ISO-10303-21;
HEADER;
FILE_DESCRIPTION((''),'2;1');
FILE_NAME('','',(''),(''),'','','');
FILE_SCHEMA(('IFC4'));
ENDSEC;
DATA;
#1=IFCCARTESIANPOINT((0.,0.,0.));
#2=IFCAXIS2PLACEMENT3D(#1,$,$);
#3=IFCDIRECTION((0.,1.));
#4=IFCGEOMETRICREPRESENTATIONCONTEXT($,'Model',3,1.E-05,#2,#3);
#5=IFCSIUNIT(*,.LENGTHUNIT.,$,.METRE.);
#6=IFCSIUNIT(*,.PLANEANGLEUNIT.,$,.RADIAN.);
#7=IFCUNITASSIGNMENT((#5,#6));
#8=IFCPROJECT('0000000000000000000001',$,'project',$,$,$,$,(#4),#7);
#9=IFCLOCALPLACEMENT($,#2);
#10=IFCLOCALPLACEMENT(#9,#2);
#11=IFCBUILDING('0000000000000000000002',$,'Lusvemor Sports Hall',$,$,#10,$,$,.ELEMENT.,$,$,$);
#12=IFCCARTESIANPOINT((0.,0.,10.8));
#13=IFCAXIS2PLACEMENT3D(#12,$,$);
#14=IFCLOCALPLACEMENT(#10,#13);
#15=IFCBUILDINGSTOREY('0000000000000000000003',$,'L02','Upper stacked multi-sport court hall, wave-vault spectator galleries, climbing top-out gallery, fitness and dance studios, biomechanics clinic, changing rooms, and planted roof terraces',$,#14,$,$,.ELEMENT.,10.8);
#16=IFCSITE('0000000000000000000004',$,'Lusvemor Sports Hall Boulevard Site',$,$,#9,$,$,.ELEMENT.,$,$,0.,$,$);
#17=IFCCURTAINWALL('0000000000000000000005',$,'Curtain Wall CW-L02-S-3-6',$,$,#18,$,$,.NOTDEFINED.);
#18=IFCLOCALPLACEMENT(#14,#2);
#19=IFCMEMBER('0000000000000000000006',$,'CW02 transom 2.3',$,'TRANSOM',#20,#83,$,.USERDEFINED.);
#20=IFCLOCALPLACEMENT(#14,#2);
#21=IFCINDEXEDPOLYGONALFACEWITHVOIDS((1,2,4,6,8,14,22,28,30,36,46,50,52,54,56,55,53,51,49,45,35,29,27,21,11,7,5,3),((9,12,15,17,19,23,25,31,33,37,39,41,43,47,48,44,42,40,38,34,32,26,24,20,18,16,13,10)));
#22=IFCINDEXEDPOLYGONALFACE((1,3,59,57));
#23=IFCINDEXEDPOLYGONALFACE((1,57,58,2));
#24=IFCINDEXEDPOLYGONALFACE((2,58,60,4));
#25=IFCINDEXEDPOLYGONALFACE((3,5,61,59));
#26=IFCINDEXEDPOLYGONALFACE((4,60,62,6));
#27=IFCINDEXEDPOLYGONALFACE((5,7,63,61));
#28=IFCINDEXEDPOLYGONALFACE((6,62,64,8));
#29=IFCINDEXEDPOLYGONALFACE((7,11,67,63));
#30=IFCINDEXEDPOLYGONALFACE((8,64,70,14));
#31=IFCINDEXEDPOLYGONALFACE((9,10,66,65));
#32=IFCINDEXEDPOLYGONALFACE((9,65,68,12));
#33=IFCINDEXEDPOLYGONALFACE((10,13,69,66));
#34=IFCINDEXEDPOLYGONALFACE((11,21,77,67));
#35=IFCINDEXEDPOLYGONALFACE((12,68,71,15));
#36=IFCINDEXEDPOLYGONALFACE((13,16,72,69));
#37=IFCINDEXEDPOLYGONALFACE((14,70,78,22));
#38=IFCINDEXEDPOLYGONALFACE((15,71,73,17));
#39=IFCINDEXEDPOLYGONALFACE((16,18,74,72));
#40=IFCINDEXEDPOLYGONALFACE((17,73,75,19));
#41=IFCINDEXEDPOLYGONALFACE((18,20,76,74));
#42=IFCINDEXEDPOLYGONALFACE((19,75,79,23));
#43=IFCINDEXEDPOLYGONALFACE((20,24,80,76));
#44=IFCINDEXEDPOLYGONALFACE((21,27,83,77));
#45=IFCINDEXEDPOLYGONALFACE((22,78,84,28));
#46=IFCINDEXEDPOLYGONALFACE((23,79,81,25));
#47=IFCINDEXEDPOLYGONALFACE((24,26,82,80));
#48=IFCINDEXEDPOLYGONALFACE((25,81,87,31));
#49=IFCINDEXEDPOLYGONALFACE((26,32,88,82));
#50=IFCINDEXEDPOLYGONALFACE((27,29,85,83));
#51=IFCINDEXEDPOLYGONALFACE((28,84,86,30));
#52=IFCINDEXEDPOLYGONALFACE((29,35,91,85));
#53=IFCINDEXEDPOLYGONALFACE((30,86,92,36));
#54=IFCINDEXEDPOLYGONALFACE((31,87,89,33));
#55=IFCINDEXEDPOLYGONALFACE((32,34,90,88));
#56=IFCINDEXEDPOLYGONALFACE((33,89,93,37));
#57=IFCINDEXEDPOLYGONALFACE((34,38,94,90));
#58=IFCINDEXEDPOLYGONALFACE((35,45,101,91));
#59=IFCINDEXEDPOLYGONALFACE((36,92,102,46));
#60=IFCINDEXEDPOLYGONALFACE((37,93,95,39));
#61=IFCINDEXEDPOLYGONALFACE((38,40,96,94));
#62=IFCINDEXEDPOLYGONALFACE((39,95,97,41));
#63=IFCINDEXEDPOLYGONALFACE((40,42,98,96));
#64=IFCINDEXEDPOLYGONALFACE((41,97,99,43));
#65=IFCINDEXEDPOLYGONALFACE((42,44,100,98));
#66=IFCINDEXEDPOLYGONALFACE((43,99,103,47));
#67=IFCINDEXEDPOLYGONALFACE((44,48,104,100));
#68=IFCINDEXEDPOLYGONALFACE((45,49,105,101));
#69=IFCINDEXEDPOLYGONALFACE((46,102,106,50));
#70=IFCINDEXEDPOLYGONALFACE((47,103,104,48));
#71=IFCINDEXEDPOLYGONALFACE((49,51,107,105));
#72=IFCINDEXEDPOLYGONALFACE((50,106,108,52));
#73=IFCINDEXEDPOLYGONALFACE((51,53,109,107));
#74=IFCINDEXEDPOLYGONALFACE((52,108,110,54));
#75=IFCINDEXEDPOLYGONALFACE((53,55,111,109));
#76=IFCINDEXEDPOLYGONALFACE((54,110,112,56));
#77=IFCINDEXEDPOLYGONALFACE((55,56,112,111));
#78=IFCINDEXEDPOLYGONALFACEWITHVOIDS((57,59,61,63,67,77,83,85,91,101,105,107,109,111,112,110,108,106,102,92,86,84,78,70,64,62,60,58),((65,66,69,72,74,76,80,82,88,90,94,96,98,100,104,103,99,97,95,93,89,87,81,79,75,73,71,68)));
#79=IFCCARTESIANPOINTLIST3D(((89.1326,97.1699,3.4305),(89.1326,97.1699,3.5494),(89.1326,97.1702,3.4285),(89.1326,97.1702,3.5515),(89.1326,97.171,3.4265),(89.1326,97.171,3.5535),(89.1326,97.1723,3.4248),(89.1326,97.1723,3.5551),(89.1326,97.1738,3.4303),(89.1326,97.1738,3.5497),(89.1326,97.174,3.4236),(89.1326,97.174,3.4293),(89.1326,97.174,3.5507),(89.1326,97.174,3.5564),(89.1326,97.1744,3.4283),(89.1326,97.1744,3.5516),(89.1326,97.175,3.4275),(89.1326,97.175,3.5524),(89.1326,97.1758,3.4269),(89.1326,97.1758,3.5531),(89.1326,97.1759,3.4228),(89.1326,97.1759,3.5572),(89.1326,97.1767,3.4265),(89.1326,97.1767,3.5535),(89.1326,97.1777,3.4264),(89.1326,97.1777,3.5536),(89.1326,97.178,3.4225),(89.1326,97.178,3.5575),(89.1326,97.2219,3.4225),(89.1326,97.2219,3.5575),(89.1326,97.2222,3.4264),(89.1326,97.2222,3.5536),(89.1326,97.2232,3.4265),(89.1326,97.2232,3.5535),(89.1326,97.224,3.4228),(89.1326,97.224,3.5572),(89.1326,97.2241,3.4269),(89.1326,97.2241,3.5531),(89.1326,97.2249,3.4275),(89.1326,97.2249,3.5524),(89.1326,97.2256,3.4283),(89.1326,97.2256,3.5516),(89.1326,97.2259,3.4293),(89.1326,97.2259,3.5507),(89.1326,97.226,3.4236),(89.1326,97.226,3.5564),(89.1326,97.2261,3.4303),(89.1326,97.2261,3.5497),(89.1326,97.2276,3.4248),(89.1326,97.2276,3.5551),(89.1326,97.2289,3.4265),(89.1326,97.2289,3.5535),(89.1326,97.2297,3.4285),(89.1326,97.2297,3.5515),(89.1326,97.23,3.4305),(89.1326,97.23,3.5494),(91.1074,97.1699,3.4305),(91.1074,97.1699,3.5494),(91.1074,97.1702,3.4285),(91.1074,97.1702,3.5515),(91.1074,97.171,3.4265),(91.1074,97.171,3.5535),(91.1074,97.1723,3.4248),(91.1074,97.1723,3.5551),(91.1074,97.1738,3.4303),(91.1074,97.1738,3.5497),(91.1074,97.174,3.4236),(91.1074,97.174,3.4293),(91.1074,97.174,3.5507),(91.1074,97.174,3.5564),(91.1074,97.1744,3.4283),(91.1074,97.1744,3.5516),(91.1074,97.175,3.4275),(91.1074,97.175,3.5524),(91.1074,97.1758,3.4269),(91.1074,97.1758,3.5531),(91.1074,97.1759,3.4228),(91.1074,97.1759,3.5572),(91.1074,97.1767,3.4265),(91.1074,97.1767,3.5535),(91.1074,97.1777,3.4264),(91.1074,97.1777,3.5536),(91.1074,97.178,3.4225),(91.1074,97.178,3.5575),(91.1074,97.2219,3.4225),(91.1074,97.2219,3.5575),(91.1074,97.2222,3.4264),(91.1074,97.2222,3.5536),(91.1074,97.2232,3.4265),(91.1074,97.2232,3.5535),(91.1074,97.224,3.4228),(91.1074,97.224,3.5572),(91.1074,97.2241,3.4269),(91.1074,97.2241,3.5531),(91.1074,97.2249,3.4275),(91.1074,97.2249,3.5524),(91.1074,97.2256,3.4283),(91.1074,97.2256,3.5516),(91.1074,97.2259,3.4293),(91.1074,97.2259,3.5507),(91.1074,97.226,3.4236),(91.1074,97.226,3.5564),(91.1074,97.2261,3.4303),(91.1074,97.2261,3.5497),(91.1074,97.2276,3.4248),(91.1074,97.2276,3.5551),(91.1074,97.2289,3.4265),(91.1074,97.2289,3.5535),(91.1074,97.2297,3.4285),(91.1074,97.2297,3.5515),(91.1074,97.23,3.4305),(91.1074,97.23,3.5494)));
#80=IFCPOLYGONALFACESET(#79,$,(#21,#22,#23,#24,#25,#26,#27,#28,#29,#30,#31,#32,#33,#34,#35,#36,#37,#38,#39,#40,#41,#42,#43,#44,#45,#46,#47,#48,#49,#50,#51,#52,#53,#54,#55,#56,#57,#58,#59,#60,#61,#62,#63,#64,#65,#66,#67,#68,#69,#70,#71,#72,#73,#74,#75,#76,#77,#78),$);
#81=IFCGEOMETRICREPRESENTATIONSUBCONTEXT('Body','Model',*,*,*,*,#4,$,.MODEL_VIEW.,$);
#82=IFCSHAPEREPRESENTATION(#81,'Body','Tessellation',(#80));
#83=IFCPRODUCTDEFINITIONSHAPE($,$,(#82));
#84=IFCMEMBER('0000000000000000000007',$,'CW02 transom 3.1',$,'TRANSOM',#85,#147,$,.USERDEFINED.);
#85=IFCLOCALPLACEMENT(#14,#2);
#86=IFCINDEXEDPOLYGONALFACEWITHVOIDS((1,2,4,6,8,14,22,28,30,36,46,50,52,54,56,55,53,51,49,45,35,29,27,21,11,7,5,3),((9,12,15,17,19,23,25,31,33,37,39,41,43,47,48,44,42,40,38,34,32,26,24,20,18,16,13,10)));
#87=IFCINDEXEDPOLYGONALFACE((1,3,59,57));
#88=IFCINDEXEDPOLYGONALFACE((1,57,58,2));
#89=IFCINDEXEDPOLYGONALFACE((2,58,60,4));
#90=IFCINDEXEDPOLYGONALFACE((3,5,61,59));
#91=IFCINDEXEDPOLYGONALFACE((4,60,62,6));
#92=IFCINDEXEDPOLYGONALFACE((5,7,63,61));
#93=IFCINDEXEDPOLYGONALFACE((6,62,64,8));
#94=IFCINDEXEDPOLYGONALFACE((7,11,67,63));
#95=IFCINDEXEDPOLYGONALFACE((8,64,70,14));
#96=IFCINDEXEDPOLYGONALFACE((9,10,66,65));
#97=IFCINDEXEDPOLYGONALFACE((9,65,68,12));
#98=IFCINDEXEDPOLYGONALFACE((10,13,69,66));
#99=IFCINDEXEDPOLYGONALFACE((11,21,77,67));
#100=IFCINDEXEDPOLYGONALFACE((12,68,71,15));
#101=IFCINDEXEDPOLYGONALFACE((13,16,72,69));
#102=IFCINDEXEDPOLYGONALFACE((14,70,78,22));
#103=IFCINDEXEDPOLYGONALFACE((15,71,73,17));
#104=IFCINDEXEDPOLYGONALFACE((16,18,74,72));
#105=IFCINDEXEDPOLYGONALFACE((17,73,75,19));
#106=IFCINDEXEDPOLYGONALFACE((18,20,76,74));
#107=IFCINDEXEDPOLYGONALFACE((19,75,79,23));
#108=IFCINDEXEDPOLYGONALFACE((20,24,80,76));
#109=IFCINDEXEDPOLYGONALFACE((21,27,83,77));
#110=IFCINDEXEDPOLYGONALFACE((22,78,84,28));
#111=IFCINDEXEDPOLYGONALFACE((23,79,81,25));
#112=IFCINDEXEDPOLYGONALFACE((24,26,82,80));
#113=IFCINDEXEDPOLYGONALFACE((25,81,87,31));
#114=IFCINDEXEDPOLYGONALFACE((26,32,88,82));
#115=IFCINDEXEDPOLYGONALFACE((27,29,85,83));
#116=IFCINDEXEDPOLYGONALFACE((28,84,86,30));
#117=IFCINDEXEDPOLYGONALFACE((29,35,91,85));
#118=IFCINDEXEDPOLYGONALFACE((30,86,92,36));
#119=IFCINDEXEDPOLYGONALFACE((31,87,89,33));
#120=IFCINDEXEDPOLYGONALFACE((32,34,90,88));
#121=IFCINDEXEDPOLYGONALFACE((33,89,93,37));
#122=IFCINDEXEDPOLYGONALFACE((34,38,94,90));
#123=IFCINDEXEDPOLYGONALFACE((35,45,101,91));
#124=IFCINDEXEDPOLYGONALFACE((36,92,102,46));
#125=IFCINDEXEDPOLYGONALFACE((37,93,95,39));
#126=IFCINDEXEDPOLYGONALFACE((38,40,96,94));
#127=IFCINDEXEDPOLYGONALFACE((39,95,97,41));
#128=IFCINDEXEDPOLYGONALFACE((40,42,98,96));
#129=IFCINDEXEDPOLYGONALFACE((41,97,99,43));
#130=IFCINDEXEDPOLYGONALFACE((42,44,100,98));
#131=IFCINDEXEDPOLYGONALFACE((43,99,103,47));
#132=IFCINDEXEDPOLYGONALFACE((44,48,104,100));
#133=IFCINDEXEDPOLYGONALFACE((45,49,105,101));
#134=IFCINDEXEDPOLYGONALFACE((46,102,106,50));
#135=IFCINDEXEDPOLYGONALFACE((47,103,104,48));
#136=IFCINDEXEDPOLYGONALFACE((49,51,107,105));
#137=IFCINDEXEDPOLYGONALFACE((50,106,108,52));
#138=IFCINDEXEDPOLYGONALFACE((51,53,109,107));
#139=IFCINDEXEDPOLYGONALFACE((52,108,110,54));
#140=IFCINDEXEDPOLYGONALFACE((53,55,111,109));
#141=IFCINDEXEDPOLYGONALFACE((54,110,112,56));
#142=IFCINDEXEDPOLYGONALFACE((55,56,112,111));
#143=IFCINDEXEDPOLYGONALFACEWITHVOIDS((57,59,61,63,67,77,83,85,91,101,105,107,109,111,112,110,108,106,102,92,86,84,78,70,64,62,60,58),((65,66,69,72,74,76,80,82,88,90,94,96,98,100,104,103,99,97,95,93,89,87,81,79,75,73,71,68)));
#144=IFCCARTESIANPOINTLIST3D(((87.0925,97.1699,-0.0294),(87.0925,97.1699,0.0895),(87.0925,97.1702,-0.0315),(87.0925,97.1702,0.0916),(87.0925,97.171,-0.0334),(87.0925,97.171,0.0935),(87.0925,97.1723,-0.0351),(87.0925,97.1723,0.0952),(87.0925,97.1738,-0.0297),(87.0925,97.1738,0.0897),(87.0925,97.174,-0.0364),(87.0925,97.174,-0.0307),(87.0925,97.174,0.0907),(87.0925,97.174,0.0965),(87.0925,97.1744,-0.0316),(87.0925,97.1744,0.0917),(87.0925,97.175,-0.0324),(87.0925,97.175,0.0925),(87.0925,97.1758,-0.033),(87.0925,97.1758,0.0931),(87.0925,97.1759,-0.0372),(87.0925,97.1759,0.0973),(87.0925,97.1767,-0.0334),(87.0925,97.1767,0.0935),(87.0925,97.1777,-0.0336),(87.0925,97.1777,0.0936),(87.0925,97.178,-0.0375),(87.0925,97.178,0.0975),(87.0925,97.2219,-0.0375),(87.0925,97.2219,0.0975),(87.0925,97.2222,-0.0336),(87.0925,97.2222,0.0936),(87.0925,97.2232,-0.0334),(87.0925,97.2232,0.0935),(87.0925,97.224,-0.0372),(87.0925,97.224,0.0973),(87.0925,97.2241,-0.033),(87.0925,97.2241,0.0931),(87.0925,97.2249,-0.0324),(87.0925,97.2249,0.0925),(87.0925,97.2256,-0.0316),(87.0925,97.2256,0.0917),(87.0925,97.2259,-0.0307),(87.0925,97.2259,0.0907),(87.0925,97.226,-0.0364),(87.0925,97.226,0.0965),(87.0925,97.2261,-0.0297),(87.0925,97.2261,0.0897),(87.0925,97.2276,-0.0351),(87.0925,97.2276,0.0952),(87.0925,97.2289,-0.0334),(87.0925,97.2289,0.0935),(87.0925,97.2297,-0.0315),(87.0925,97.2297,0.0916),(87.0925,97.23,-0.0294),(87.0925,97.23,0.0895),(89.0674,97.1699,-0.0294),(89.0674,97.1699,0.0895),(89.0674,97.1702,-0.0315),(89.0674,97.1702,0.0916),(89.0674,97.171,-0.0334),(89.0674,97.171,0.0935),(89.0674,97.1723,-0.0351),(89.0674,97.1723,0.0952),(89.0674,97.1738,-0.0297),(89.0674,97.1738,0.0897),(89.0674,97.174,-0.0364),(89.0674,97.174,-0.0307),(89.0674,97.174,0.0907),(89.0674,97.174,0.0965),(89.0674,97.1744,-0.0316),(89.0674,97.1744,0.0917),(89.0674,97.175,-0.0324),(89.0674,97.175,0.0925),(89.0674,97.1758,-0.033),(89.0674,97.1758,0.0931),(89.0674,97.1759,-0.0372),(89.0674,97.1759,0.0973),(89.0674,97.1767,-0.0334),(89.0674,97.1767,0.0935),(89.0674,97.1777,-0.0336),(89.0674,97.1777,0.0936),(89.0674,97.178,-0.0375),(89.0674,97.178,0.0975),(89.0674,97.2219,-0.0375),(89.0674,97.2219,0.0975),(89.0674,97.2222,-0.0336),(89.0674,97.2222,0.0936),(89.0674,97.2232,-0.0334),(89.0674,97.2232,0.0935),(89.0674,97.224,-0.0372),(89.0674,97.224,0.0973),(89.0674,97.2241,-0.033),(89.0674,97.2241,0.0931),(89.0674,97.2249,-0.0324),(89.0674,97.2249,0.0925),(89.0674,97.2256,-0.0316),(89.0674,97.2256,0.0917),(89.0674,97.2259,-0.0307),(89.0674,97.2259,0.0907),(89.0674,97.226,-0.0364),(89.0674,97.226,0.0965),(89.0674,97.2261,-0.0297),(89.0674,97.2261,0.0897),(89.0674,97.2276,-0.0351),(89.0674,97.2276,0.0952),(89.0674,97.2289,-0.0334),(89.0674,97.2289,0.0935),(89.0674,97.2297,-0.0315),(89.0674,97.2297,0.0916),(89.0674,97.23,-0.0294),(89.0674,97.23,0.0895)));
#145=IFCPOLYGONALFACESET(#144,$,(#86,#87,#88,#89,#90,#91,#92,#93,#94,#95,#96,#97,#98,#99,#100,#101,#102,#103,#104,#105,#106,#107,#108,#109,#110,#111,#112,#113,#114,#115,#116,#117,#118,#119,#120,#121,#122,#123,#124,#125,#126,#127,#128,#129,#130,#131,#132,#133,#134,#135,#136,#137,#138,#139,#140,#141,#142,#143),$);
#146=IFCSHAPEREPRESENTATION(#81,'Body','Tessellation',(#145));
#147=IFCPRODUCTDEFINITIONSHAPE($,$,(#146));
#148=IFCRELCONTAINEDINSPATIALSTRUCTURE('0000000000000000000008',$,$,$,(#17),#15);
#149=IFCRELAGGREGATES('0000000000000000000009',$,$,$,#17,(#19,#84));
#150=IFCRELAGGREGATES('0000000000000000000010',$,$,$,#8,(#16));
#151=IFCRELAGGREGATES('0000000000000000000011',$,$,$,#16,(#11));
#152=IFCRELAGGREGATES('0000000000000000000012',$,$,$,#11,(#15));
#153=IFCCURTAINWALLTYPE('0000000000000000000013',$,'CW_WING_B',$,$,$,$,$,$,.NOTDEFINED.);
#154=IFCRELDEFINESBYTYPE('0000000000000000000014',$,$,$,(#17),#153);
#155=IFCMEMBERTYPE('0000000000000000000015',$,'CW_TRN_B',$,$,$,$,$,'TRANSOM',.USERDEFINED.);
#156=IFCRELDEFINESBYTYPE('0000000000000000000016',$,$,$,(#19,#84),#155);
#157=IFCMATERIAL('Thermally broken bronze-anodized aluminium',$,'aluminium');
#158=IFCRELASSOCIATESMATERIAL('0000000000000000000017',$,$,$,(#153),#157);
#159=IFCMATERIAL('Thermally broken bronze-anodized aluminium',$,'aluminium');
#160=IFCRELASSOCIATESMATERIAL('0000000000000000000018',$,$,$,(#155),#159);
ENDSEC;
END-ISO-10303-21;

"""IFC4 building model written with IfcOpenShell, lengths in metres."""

from ifc_helpers import new_model, si_unit, direction, frame, origin, origin_2d, place, context, subcontext, project, spatial, hollow_rectangle, extrude, material, material_profile, profile_set, type_object, element, aggregate, save


model = new_model("IFC4")

# Units and contexts
model_context = context("Model", 3, precision=1e-05, world=origin(), true_north=direction((0.0, 1.0)))
body_context = subcontext(model_context, "Body", "Model", "MODEL_VIEW")
ifc_project = project(units=[si_unit("LENGTHUNIT", "METRE"), si_unit("PLANEANGLEUNIT", "RADIAN")], contexts=[model_context])

# Site, building, storey
site_placement = place(None, origin())
site = spatial("IfcSite", under=ifc_project, at=site_placement, Name="Lusvemor Sports Hall Boulevard Site", CompositionType="ELEMENT", RefElevation=0.0)
building_placement = place(site_placement, origin())
building = spatial("IfcBuilding", under=site, at=building_placement, Name="Lusvemor Sports Hall", CompositionType="ELEMENT")
storey_placement = place(building_placement, frame((0.0, 0.0, 10.8)))
storey = spatial("IfcBuildingStorey", under=building, at=storey_placement, Name="L02", Description="Upper stacked multi-sport court hall, wave-vault spectator galleries, climbing top-out gallery, fitness and dance studios, biomechanics clinic, changing rooms, and planted roof terraces", CompositionType="ELEMENT", Elevation=10.8)

# Curtain wall, members
ifc_material_1 = material(Name="Thermally broken bronze-anodized aluminium", Category="aluminium")
curtain_wall_type = type_object("IfcCurtainWallType", Name="CW_WING_B", PredefinedType="NOTDEFINED", material=ifc_material_1)
curtain_wall_placement = place(storey_placement, origin())
curtain_wall = element("IfcCurtainWall", 1, at=curtain_wall_placement, inside=storey, type_object=curtain_wall_type, Name="Curtain Wall CW-L02-S-3-6", PredefinedType="NOTDEFINED")
ifc_material_2 = material(Name="Thermally broken bronze-anodized aluminium", Category="aluminium")
ifc_material_profile_1 = material_profile(ifc_material_2, hollow_rectangle(XDim=0.0601, YDim=0.135, WallThickness=0.0039, InnerFilletRadius=0.0039, OuterFilletRadius=0.0081, at=origin_2d()), Name="CWTRN135x60x4")
ifc_profile_set_1 = profile_set([ifc_material_profile_1], Name="Thermally broken bronze-anodized aluminium")
member_type_1 = type_object("IfcMemberType", Name="CW_TRN_B", ElementType="TRANSOM", PredefinedType="USERDEFINED", material=ifc_profile_set_1)
member_1_placement = place(storey_placement, frame((91.1074, 97.2, 3.49), z_axis=(-1.0, 0.0, 0.0), x_axis=(0.0, -1.0, 0.0)))
member_1 = element("IfcMember", 2, at=member_1_placement, type_object=member_type_1, Name="CW02 transom 2.3", ObjectType="TRANSOM", PredefinedType="USERDEFINED", context=body_context, shape_type="SweptSolid", body=[
    extrude(hollow_rectangle(XDim=0.0601, YDim=0.135, WallThickness=0.0039, InnerFilletRadius=0.0039, OuterFilletRadius=0.0081, at=origin_2d()), origin(), (0.0, 0.0, 1.0), 1.9749),
])
member_2_placement = place(storey_placement, frame((89.0674, 97.2, 0.03), z_axis=(-1.0, 0.0, 0.0), x_axis=(0.0, -1.0, 0.0)))
member_2 = element("IfcMember", 3, at=member_2_placement, type_object=member_type_1, Name="CW02 transom 3.1", ObjectType="TRANSOM", PredefinedType="USERDEFINED", context=body_context, shape_type="SweptSolid", body=[
    extrude(hollow_rectangle(XDim=0.0601, YDim=0.135, WallThickness=0.0039, InnerFilletRadius=0.0039, OuterFilletRadius=0.0081, at=origin_2d()), origin(), (0.0, 0.0, 1.0), 1.9749),
])

aggregate(curtain_wall, [member_1, member_2])

save(model, "model.ifc")
